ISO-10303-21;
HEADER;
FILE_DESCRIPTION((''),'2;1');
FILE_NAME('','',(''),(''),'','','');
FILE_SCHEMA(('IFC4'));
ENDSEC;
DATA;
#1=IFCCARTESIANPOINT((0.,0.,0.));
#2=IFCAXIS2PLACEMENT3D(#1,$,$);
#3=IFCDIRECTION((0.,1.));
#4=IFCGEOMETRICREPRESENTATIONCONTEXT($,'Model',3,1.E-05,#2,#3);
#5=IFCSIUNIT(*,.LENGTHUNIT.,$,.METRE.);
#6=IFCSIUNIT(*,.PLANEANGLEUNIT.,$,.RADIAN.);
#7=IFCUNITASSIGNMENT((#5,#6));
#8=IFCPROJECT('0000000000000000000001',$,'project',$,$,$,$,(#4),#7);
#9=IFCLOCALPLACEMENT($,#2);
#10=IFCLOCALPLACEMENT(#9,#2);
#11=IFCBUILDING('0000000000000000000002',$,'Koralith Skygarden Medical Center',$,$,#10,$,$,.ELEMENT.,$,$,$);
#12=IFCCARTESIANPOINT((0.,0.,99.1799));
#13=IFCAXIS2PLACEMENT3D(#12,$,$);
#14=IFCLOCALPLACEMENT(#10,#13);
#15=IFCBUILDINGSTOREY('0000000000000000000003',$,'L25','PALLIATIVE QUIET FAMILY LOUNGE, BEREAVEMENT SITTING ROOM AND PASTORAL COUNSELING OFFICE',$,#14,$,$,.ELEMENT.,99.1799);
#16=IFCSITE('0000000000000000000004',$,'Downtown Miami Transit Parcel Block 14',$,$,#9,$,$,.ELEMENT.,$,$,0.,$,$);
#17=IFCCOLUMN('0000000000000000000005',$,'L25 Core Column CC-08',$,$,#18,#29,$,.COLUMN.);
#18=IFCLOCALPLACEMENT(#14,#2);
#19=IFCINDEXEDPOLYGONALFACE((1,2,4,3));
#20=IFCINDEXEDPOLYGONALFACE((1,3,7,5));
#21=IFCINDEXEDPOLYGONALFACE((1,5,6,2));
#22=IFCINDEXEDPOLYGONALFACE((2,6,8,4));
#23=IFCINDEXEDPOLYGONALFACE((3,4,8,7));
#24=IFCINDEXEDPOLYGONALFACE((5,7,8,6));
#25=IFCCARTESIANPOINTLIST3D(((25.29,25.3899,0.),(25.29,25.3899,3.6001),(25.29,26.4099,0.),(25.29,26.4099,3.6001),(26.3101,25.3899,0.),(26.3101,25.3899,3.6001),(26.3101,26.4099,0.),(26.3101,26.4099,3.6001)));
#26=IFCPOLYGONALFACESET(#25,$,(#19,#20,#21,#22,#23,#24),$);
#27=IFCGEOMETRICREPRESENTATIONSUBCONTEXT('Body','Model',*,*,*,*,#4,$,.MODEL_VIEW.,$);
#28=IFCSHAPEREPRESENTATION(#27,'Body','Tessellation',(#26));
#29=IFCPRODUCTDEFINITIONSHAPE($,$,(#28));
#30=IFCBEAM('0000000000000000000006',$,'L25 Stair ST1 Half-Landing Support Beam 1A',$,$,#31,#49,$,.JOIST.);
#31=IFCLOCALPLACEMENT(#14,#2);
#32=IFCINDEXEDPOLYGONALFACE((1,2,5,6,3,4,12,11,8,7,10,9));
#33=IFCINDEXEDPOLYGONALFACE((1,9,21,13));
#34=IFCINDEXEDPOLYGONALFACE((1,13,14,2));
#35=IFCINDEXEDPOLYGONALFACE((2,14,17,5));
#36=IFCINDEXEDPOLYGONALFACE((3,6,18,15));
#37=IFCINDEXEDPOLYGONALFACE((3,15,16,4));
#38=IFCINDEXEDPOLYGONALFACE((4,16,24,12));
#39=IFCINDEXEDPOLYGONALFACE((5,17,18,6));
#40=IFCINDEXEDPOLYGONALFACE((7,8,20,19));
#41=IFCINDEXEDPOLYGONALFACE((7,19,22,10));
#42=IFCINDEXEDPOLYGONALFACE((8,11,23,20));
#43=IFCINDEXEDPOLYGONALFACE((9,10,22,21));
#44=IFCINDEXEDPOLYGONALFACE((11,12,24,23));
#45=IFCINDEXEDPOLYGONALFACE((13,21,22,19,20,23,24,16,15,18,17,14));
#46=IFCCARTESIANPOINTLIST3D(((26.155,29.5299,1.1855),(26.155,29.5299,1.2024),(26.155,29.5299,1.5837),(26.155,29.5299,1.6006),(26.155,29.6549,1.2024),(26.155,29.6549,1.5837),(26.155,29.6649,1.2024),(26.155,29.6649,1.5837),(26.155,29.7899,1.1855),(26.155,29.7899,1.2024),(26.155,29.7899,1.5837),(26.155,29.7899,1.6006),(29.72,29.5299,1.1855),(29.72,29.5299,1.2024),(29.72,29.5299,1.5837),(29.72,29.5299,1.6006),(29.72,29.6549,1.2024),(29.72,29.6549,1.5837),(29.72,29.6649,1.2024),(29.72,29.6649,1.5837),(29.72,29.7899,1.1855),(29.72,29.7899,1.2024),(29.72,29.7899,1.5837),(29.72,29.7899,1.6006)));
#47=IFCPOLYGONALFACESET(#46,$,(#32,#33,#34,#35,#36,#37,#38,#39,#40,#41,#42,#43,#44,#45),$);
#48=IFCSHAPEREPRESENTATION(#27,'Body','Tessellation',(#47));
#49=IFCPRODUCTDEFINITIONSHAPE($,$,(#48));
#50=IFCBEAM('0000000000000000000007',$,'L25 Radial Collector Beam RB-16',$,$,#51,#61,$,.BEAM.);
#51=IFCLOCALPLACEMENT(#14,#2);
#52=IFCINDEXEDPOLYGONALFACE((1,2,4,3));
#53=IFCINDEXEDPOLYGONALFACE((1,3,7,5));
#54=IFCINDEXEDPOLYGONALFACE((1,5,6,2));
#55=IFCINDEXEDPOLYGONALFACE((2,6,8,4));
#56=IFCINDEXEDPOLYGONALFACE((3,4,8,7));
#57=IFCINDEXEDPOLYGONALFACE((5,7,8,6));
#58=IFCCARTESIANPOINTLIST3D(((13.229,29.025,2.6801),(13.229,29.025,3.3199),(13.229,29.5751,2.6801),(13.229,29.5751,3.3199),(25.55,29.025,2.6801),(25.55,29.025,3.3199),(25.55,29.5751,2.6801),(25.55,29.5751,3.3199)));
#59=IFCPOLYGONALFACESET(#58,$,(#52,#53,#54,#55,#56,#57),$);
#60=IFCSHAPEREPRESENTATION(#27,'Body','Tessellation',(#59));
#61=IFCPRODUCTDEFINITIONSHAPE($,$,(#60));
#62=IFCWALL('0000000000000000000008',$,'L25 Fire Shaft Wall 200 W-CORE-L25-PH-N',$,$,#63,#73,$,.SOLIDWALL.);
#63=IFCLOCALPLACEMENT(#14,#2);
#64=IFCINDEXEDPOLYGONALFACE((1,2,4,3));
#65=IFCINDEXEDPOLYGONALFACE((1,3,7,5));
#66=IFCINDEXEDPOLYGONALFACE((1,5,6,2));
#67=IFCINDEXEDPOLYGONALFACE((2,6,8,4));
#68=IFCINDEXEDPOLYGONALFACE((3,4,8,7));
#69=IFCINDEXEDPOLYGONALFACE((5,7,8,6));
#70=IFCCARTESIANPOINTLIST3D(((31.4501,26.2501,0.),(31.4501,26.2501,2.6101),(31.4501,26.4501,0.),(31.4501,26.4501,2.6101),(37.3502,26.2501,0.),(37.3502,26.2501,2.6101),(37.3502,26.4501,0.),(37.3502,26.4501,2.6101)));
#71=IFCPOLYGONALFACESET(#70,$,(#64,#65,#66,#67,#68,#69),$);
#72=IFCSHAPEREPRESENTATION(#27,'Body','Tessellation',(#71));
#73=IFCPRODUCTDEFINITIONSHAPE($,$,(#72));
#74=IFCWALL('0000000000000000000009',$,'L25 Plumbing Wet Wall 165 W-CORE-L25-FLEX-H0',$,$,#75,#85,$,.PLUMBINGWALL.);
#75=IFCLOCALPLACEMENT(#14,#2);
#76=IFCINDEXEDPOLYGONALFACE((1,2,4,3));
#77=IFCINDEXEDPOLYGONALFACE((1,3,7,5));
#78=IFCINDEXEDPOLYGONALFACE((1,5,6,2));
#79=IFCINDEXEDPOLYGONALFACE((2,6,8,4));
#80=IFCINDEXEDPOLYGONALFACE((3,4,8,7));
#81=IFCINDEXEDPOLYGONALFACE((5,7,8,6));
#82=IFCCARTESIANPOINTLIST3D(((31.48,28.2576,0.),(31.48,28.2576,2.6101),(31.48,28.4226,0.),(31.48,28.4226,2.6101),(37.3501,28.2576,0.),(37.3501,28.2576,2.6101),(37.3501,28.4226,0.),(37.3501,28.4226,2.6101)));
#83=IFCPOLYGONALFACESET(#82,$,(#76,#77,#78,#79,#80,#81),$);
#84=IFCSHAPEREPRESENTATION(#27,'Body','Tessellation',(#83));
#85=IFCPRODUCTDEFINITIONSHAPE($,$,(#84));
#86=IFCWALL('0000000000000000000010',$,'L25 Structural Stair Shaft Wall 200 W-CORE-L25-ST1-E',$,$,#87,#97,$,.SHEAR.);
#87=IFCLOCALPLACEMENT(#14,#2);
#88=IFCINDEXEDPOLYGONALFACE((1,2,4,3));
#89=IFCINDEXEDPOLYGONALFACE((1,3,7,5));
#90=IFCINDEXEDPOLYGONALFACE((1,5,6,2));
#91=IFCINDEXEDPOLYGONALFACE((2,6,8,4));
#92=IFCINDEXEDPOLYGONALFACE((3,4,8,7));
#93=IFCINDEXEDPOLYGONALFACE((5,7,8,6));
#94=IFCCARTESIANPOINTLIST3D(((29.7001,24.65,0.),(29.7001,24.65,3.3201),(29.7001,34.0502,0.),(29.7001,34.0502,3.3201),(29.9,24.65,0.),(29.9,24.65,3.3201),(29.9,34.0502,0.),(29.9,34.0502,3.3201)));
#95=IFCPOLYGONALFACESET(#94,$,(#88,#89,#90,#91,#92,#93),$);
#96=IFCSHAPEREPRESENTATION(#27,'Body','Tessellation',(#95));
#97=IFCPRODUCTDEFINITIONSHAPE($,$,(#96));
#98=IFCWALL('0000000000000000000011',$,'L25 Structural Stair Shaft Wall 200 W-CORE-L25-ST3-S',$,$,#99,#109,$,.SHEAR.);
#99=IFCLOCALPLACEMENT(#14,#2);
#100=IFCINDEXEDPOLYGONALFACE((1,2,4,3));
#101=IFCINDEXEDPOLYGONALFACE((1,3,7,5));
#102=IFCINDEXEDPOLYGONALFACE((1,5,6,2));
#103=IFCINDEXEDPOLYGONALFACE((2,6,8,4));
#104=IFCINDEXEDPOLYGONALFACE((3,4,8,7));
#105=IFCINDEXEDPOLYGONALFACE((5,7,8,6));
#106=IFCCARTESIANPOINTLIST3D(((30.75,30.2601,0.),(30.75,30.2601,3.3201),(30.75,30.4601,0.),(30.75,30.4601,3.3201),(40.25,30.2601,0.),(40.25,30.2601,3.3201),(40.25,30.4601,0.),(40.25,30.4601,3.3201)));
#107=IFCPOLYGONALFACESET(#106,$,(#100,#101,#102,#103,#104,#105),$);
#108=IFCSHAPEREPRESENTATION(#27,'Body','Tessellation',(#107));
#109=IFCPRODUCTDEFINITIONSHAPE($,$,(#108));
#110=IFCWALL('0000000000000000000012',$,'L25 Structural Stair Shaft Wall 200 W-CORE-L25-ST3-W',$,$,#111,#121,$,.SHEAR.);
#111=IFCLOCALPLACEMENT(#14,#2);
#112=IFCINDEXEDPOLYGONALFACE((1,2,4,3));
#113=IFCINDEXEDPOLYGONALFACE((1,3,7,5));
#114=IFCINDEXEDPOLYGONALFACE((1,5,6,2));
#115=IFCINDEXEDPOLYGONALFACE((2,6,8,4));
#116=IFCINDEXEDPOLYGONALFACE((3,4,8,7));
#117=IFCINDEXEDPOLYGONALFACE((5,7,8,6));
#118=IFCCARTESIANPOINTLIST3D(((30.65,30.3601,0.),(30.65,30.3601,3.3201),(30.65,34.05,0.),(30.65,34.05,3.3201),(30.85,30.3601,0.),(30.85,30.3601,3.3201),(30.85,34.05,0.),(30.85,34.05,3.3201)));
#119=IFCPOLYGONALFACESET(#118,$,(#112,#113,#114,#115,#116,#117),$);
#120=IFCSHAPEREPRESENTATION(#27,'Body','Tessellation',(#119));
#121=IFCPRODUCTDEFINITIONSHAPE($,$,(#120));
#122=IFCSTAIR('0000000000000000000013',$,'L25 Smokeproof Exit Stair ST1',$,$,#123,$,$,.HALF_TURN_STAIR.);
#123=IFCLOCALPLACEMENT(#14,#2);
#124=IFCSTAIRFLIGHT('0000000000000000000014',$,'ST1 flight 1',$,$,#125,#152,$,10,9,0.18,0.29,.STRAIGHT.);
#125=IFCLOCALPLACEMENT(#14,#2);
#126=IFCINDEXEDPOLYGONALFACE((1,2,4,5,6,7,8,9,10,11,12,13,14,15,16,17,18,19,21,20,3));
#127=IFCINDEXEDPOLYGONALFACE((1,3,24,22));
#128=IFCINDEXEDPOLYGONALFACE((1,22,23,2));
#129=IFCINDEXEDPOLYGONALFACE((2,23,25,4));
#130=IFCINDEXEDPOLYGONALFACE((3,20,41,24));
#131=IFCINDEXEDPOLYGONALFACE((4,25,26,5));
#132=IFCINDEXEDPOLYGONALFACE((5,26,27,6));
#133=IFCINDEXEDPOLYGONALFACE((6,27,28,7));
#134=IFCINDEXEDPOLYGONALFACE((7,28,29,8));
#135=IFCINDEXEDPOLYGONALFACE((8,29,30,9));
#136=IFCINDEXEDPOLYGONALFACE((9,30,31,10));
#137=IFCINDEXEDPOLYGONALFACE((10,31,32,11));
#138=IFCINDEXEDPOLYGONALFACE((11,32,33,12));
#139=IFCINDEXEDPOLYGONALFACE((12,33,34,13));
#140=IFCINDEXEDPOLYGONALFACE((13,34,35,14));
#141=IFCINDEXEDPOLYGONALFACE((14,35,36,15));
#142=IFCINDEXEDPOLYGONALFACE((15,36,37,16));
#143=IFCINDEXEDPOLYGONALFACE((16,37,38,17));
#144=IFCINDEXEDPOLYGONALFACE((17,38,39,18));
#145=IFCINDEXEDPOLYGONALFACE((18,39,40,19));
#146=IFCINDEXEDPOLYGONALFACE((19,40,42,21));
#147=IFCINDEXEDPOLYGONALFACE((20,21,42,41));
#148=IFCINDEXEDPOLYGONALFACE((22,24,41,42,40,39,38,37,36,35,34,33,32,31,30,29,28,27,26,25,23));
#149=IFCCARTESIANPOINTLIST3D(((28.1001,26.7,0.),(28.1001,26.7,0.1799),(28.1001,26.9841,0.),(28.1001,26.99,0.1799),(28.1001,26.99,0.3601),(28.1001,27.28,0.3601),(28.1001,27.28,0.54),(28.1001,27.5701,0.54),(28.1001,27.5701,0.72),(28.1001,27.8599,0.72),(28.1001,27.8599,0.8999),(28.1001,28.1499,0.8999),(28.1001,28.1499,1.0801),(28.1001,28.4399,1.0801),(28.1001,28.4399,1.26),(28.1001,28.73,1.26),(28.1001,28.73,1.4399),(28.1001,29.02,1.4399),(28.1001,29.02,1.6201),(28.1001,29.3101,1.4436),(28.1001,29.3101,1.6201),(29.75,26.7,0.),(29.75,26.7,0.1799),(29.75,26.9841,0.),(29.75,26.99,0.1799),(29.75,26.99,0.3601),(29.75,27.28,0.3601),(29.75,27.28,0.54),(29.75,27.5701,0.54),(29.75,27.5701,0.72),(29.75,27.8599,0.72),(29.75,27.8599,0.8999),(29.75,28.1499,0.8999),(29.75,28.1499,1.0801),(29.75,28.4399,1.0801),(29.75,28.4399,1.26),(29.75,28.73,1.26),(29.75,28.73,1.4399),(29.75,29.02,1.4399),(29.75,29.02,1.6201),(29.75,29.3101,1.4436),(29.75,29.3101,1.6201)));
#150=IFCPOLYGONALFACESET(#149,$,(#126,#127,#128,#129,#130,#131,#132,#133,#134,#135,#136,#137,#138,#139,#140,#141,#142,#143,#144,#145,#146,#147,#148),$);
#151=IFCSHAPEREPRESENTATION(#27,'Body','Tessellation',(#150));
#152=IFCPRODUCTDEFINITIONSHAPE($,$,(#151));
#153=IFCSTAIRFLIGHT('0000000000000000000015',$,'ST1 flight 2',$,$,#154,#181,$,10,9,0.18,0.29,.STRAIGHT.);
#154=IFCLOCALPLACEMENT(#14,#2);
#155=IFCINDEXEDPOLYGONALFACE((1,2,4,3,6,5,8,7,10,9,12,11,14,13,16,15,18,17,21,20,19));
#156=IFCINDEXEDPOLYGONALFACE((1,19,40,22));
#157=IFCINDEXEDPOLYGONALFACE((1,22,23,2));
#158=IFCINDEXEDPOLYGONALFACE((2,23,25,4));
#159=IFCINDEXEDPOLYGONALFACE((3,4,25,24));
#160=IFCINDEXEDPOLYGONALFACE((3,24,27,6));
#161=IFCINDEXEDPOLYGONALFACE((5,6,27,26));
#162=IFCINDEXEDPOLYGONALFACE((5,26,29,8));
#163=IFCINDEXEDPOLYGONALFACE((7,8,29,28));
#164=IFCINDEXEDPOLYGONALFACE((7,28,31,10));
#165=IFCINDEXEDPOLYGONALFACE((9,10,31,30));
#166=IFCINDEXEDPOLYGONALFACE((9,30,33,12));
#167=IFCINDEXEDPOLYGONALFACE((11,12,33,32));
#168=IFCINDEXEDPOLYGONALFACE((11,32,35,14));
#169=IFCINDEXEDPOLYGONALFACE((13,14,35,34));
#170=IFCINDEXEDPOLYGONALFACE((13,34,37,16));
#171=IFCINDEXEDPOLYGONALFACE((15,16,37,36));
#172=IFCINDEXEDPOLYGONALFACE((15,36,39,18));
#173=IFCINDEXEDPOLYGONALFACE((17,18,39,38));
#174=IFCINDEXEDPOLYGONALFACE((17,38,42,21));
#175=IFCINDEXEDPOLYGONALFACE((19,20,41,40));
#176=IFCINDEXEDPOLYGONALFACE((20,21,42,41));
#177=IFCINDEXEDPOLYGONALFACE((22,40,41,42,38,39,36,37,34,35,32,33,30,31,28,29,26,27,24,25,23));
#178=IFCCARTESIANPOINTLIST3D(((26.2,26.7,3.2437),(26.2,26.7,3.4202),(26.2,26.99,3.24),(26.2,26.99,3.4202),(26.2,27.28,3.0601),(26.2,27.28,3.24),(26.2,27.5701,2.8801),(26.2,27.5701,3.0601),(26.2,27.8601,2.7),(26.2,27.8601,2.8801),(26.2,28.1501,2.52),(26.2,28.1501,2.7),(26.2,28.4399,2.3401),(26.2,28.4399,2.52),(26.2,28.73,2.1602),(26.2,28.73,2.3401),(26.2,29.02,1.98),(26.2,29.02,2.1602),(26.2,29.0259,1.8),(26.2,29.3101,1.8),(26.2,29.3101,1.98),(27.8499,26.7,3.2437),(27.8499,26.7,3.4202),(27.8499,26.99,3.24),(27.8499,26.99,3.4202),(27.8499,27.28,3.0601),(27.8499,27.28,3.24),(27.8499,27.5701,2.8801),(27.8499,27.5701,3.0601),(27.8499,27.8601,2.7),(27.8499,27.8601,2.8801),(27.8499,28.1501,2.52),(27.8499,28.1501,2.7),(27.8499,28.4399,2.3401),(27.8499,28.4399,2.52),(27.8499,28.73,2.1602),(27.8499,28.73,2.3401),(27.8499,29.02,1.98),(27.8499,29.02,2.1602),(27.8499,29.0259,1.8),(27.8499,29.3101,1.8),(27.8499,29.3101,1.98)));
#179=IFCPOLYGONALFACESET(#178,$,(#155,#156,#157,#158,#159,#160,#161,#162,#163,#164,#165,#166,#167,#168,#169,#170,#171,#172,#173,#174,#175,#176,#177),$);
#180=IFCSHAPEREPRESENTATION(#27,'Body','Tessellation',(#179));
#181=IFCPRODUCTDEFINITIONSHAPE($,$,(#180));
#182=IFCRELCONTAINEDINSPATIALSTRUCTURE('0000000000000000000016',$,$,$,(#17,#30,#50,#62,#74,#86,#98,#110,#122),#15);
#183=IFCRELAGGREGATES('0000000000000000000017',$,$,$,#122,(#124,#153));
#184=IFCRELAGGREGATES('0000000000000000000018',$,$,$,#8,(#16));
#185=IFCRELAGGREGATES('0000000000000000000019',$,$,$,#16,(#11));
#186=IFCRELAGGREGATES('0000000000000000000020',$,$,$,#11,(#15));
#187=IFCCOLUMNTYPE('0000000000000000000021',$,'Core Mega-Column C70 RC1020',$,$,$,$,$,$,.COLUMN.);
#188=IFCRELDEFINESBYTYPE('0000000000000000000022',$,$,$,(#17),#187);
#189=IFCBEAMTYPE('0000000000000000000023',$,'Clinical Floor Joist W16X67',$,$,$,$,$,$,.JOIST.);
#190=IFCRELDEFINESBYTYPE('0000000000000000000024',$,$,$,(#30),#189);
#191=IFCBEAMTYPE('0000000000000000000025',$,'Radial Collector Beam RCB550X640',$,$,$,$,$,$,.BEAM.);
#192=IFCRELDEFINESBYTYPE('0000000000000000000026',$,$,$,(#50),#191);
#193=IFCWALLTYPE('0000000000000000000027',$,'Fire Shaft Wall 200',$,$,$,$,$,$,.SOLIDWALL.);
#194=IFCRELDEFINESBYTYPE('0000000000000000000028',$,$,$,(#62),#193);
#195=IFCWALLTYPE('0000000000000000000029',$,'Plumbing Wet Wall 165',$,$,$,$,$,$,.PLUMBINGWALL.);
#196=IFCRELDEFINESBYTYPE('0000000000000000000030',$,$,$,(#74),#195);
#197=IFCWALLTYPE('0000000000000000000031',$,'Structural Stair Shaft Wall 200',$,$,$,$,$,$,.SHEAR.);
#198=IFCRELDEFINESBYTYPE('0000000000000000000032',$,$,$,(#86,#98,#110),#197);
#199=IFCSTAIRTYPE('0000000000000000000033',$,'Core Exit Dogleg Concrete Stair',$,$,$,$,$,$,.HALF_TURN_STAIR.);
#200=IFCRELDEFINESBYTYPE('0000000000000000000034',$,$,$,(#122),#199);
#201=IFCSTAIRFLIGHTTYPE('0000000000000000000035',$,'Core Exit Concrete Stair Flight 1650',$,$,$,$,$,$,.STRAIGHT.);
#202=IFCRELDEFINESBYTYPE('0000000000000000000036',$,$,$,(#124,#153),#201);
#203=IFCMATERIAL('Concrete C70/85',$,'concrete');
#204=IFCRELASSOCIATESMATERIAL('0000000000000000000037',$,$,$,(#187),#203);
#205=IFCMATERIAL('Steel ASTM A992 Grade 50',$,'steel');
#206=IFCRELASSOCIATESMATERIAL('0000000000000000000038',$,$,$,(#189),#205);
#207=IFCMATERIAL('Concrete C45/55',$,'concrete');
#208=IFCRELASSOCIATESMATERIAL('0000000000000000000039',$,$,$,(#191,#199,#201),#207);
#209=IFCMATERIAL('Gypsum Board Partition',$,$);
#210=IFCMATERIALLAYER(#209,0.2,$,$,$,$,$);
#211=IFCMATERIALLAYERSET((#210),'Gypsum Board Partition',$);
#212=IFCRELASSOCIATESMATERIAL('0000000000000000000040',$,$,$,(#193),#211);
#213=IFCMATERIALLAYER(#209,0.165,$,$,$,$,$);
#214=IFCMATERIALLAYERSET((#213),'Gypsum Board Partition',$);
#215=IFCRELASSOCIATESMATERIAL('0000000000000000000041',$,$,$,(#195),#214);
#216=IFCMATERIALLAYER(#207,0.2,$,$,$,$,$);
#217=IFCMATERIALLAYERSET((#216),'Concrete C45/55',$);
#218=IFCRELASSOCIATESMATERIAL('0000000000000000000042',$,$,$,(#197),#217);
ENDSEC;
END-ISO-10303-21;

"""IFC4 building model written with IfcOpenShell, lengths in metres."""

from ifc_helpers import new_model, si_unit, direction, frame, frame_2d, origin, origin_2d, place, context, subcontext, project, spatial, polyline, rectangle, i_section, outline, extrude, material, layer, layer_set, material_profile, profile_set, type_object, element, aggregate, save


model = new_model("IFC4")

# Units and contexts
model_context = context("Model", 3, precision=1e-05, world=origin(), true_north=direction((0.0, 1.0)))
body_context = subcontext(model_context, "Body", "Model", "MODEL_VIEW")
ifc_project = project(units=[si_unit("LENGTHUNIT", "METRE"), si_unit("PLANEANGLEUNIT", "RADIAN")], contexts=[model_context])

# Site, building, storey
site_placement = place(None, origin())
site = spatial("IfcSite", under=ifc_project, at=site_placement, Name="Downtown Miami Transit Parcel Block 14", CompositionType="ELEMENT", RefElevation=0.0)
building_placement = place(site_placement, origin())
building = spatial("IfcBuilding", under=site, at=building_placement, Name="Koralith Skygarden Medical Center", CompositionType="ELEMENT")
storey_placement = place(building_placement, frame((0.0, 0.0, 99.1799)))
storey = spatial("IfcBuildingStorey", under=building, at=storey_placement, Name="L25", Description="PALLIATIVE QUIET FAMILY LOUNGE, BEREAVEMENT SITTING ROOM AND PASTORAL COUNSELING OFFICE", CompositionType="ELEMENT", Elevation=99.1799)

# Column
ifc_material_1 = material(Name="Concrete C70/85", Category="concrete")
ifc_material_profile_1 = material_profile(ifc_material_1, rectangle(XDim=1.02, YDim=1.02, at=origin_2d()), Name="RC1020X1020")
ifc_profile_set_1 = profile_set([ifc_material_profile_1], Name="Concrete C70/85")
column_type = type_object("IfcColumnType", Name="Core Mega-Column C70 RC1020", PredefinedType="COLUMN", material=ifc_profile_set_1)
column_placement = place(storey_placement, frame((25.8, 25.8999, 0.0), z_axis=(0.0, 0.0, 1.0), x_axis=(1.0, 0.0, 0.0)))
element("IfcColumn", 1, at=column_placement, inside=storey, type_object=column_type, Name="L25 Core Column CC-08", PredefinedType="COLUMN", context=body_context, shape_type="SweptSolid", body=[
    extrude(rectangle(XDim=1.02, YDim=1.02, at=origin_2d()), origin(), (0.0, 0.0, 1.0), 3.6001),
])

# Beams
ifc_material_2 = material(Name="Steel ASTM A992 Grade 50", Category="steel")
ifc_material_profile_2 = material_profile(ifc_material_2, i_section(OverallWidth=0.26, OverallDepth=0.415, WebThickness=0.01, FlangeThickness=0.0168, at=origin_2d()), Name="W16X67")
ifc_profile_set_2 = profile_set([ifc_material_profile_2], Name="Steel ASTM A992 Grade 50")
beam_type_1 = type_object("IfcBeamType", Name="Clinical Floor Joist W16X67", PredefinedType="JOIST", material=ifc_profile_set_2)
beam_1_placement = place(storey_placement, frame((26.155, 29.6599, 1.3931), z_axis=(1.0, 0.0, 0.0), x_axis=(0.0, 1.0, 0.0)))
element("IfcBeam", 2, at=beam_1_placement, inside=storey, type_object=beam_type_1, Name="L25 Stair ST1 Half-Landing Support Beam 1A", PredefinedType="JOIST", context=body_context, shape_type="SweptSolid", body=[
    extrude(i_section(OverallWidth=0.26, OverallDepth=0.415, WebThickness=0.01, FlangeThickness=0.0168, at=origin_2d()), origin(), (0.0, 0.0, 1.0), 3.5649),
])
ifc_material_3 = material(Name="Concrete C45/55", Category="concrete")
ifc_material_profile_3 = material_profile(ifc_material_3, rectangle(XDim=0.55, YDim=0.6399, at=origin_2d()), Name="RCB550X640")
ifc_profile_set_3 = profile_set([ifc_material_profile_3], Name="Concrete C45/55")
beam_type_2 = type_object("IfcBeamType", Name="Radial Collector Beam RCB550X640", PredefinedType="BEAM", material=ifc_profile_set_3)
beam_2_placement = place(storey_placement, frame((25.55, 29.3, 3.0), z_axis=(-1.0, 0.0, 0.0), x_axis=(0.0, -1.0, 0.0)))
element("IfcBeam", 3, at=beam_2_placement, inside=storey, type_object=beam_type_2, Name="L25 Radial Collector Beam RB-16", PredefinedType="BEAM", context=body_context, shape_type="SweptSolid", body=[
    extrude(rectangle(XDim=0.55, YDim=0.6399, at=origin_2d()), origin(), (0.0, 0.0, 1.0), 12.321),
])

# Wall
ifc_material_4 = material(Name="Gypsum Board Partition")
ifc_layer_1 = layer(ifc_material_4, 0.2)
ifc_layer_set_1 = layer_set([ifc_layer_1], Name="Gypsum Board Partition")
wall_type_1 = type_object("IfcWallType", Name="Fire Shaft Wall 200", PredefinedType="SOLIDWALL", material=ifc_layer_set_1)
wall_1_placement = place(storey_placement, frame((31.45, 26.3501, 0.0), z_axis=(0.0, 0.0, 1.0), x_axis=(1.0, 0.0, 0.0)))
element("IfcWall", 4, at=wall_1_placement, inside=storey, type_object=wall_type_1, Name="L25 Fire Shaft Wall 200 W-CORE-L25-PH-N", PredefinedType="SOLIDWALL", context=body_context, shape_type="SweptSolid", body=[
    extrude(rectangle(XDim=5.9001, YDim=0.2, at=frame_2d((2.9502, 0.0))), origin(), (0.0, 0.0, 1.0), 2.6101),
])

# Shared definitions
ifc_layer_2 = layer(ifc_material_4, 0.165)
ifc_layer_set_2 = layer_set([ifc_layer_2], Name="Gypsum Board Partition")
wall_type_2 = type_object("IfcWallType", Name="Plumbing Wet Wall 165", PredefinedType="PLUMBINGWALL", material=ifc_layer_set_2)

# Walls
wall_2_placement = place(storey_placement, frame((31.48, 28.3401, 0.0), z_axis=(0.0, 0.0, 1.0), x_axis=(1.0, 0.0, 0.0)))
element("IfcWall", 5, at=wall_2_placement, inside=storey, type_object=wall_type_2, Name="L25 Plumbing Wet Wall 165 W-CORE-L25-FLEX-H0", PredefinedType="PLUMBINGWALL", context=body_context, shape_type="SweptSolid", body=[
    extrude(rectangle(XDim=5.8701, YDim=0.165, at=frame_2d((2.9351, 0.0))), origin(), (0.0, 0.0, 1.0), 2.6101),
])
ifc_layer_3 = layer(ifc_material_3, 0.2)
ifc_layer_set_3 = layer_set([ifc_layer_3], Name="Concrete C45/55")
wall_type_3 = type_object("IfcWallType", Name="Structural Stair Shaft Wall 200", PredefinedType="SHEAR", material=ifc_layer_set_3)
wall_3_placement = place(storey_placement, frame((29.8, 24.6499, 0.0), z_axis=(0.0, 0.0, 1.0), x_axis=(0.0, 1.0, 0.0)))
element("IfcWall", 6, at=wall_3_placement, inside=storey, type_object=wall_type_3, Name="L25 Structural Stair Shaft Wall 200 W-CORE-L25-ST1-E", PredefinedType="SHEAR", context=body_context, shape_type="SweptSolid", body=[
    extrude(rectangle(XDim=9.4001, YDim=0.2, at=frame_2d((4.7002, 0.0))), origin(), (0.0, 0.0, 1.0), 3.3201),
])

# Walls
wall_4_placement = place(storey_placement, frame((30.75, 30.3601, 0.0), z_axis=(0.0, 0.0, 1.0), x_axis=(1.0, 0.0, 0.0)))
element("IfcWall", 7, at=wall_4_placement, inside=storey, type_object=wall_type_3, Name="L25 Structural Stair Shaft Wall 200 W-CORE-L25-ST3-S", PredefinedType="SHEAR", context=body_context, shape_type="SweptSolid", body=[
    extrude(rectangle(XDim=9.5, YDim=0.2, at=frame_2d((4.75, 0.0))), origin(), (0.0, 0.0, 1.0), 3.3201),
])
wall_5_placement = place(storey_placement, frame((30.75, 30.3601, 0.0), z_axis=(0.0, 0.0, 1.0), x_axis=(0.0, 1.0, 0.0)))
element("IfcWall", 8, at=wall_5_placement, inside=storey, type_object=wall_type_3, Name="L25 Structural Stair Shaft Wall 200 W-CORE-L25-ST3-W", PredefinedType="SHEAR", context=body_context, shape_type="SweptSolid", body=[
    extrude(rectangle(XDim=3.6899, YDim=0.2, at=frame_2d((1.845, 0.0))), origin(), (0.0, 0.0, 1.0), 3.3201),
])

# Stair, stair flights
stair_type = type_object("IfcStairType", Name="Core Exit Dogleg Concrete Stair", PredefinedType="HALF_TURN_STAIR", material=ifc_material_3)
stair_placement = place(storey_placement, origin())
stair = element("IfcStair", 9, at=stair_placement, inside=storey, type_object=stair_type, Name="L25 Smokeproof Exit Stair ST1", PredefinedType="HALF_TURN_STAIR")
stair_flight_type = type_object("IfcStairFlightType", Name="Core Exit Concrete Stair Flight 1650", PredefinedType="STRAIGHT", material=ifc_material_3)
stair_flight_1_placement = place(storey_placement, frame((28.925, 26.7, 0.0), z_axis=(0.0, 0.0, 1.0), x_axis=(0.0, 1.0, 0.0)))
stair_flight_1 = element("IfcStairFlight", 10, at=stair_flight_1_placement, type_object=stair_flight_type, Name="ST1 flight 1", NumberOfRisers=10, NumberOfTreads=9, PredefinedType="STRAIGHT", RiserHeight=0.18, TreadLength=0.29, context=body_context, shape_type="SweptSolid", body=[
    extrude(outline(polyline([(0.0, 0.0), (0.0, 0.1799), (0.29, 0.1799), (0.29, 0.3601), (0.5801, 0.3601), (0.5801, 0.54), (0.8701, 0.54), (0.8701, 0.72), (1.1599, 0.72), (1.1599, 0.8999), (1.45, 0.8999), (1.45, 1.0801), (1.74, 1.0801), (1.74, 1.26), (2.03, 1.26), (2.03, 1.4399), (2.3201, 1.4399), (2.3201, 1.6201), (2.6101, 1.6201), (2.6101, 1.8), (2.6101, 1.4436), (0.2842, 0.0), (0.0, 0.0)])), frame((0.0, 0.825, 0.0), z_axis=(0.0, -1.0, 0.0), x_axis=(1.0, 0.0, 0.0)), (0.0, 0.0, 1.0), 1.6499),
])
stair_flight_2_placement = place(storey_placement, frame((27.0249, 29.3101, 1.8), z_axis=(0.0, 0.0, 1.0), x_axis=(0.0, -1.0, 0.0)))
stair_flight_2 = element("IfcStairFlight", 11, at=stair_flight_2_placement, type_object=stair_flight_type, Name="ST1 flight 2", NumberOfRisers=10, NumberOfTreads=9, PredefinedType="STRAIGHT", RiserHeight=0.18, TreadLength=0.29, context=body_context, shape_type="SweptSolid", body=[
    extrude(outline(polyline([(0.0, 0.0), (0.0, 0.1799), (0.29, 0.1799), (0.29, 0.3601), (0.5801, 0.3601), (0.5801, 0.54), (0.8701, 0.54), (0.8701, 0.72), (1.1599, 0.72), (1.1599, 0.8999), (1.45, 0.8999), (1.45, 1.0801), (1.74, 1.0801), (1.74, 1.26), (2.03, 1.26), (2.03, 1.4399), (2.3201, 1.4399), (2.3201, 1.6201), (2.6101, 1.6201), (2.6101, 1.8), (2.6101, 1.4436), (0.2842, 0.0), (0.0, 0.0)])), frame((0.0, 0.825, 0.0), z_axis=(0.0, -1.0, 0.0), x_axis=(1.0, 0.0, 0.0)), (0.0, 0.0, 1.0), 1.6499),
])
aggregate(stair, [stair_flight_1, stair_flight_2])

save(model, "model.ifc")
